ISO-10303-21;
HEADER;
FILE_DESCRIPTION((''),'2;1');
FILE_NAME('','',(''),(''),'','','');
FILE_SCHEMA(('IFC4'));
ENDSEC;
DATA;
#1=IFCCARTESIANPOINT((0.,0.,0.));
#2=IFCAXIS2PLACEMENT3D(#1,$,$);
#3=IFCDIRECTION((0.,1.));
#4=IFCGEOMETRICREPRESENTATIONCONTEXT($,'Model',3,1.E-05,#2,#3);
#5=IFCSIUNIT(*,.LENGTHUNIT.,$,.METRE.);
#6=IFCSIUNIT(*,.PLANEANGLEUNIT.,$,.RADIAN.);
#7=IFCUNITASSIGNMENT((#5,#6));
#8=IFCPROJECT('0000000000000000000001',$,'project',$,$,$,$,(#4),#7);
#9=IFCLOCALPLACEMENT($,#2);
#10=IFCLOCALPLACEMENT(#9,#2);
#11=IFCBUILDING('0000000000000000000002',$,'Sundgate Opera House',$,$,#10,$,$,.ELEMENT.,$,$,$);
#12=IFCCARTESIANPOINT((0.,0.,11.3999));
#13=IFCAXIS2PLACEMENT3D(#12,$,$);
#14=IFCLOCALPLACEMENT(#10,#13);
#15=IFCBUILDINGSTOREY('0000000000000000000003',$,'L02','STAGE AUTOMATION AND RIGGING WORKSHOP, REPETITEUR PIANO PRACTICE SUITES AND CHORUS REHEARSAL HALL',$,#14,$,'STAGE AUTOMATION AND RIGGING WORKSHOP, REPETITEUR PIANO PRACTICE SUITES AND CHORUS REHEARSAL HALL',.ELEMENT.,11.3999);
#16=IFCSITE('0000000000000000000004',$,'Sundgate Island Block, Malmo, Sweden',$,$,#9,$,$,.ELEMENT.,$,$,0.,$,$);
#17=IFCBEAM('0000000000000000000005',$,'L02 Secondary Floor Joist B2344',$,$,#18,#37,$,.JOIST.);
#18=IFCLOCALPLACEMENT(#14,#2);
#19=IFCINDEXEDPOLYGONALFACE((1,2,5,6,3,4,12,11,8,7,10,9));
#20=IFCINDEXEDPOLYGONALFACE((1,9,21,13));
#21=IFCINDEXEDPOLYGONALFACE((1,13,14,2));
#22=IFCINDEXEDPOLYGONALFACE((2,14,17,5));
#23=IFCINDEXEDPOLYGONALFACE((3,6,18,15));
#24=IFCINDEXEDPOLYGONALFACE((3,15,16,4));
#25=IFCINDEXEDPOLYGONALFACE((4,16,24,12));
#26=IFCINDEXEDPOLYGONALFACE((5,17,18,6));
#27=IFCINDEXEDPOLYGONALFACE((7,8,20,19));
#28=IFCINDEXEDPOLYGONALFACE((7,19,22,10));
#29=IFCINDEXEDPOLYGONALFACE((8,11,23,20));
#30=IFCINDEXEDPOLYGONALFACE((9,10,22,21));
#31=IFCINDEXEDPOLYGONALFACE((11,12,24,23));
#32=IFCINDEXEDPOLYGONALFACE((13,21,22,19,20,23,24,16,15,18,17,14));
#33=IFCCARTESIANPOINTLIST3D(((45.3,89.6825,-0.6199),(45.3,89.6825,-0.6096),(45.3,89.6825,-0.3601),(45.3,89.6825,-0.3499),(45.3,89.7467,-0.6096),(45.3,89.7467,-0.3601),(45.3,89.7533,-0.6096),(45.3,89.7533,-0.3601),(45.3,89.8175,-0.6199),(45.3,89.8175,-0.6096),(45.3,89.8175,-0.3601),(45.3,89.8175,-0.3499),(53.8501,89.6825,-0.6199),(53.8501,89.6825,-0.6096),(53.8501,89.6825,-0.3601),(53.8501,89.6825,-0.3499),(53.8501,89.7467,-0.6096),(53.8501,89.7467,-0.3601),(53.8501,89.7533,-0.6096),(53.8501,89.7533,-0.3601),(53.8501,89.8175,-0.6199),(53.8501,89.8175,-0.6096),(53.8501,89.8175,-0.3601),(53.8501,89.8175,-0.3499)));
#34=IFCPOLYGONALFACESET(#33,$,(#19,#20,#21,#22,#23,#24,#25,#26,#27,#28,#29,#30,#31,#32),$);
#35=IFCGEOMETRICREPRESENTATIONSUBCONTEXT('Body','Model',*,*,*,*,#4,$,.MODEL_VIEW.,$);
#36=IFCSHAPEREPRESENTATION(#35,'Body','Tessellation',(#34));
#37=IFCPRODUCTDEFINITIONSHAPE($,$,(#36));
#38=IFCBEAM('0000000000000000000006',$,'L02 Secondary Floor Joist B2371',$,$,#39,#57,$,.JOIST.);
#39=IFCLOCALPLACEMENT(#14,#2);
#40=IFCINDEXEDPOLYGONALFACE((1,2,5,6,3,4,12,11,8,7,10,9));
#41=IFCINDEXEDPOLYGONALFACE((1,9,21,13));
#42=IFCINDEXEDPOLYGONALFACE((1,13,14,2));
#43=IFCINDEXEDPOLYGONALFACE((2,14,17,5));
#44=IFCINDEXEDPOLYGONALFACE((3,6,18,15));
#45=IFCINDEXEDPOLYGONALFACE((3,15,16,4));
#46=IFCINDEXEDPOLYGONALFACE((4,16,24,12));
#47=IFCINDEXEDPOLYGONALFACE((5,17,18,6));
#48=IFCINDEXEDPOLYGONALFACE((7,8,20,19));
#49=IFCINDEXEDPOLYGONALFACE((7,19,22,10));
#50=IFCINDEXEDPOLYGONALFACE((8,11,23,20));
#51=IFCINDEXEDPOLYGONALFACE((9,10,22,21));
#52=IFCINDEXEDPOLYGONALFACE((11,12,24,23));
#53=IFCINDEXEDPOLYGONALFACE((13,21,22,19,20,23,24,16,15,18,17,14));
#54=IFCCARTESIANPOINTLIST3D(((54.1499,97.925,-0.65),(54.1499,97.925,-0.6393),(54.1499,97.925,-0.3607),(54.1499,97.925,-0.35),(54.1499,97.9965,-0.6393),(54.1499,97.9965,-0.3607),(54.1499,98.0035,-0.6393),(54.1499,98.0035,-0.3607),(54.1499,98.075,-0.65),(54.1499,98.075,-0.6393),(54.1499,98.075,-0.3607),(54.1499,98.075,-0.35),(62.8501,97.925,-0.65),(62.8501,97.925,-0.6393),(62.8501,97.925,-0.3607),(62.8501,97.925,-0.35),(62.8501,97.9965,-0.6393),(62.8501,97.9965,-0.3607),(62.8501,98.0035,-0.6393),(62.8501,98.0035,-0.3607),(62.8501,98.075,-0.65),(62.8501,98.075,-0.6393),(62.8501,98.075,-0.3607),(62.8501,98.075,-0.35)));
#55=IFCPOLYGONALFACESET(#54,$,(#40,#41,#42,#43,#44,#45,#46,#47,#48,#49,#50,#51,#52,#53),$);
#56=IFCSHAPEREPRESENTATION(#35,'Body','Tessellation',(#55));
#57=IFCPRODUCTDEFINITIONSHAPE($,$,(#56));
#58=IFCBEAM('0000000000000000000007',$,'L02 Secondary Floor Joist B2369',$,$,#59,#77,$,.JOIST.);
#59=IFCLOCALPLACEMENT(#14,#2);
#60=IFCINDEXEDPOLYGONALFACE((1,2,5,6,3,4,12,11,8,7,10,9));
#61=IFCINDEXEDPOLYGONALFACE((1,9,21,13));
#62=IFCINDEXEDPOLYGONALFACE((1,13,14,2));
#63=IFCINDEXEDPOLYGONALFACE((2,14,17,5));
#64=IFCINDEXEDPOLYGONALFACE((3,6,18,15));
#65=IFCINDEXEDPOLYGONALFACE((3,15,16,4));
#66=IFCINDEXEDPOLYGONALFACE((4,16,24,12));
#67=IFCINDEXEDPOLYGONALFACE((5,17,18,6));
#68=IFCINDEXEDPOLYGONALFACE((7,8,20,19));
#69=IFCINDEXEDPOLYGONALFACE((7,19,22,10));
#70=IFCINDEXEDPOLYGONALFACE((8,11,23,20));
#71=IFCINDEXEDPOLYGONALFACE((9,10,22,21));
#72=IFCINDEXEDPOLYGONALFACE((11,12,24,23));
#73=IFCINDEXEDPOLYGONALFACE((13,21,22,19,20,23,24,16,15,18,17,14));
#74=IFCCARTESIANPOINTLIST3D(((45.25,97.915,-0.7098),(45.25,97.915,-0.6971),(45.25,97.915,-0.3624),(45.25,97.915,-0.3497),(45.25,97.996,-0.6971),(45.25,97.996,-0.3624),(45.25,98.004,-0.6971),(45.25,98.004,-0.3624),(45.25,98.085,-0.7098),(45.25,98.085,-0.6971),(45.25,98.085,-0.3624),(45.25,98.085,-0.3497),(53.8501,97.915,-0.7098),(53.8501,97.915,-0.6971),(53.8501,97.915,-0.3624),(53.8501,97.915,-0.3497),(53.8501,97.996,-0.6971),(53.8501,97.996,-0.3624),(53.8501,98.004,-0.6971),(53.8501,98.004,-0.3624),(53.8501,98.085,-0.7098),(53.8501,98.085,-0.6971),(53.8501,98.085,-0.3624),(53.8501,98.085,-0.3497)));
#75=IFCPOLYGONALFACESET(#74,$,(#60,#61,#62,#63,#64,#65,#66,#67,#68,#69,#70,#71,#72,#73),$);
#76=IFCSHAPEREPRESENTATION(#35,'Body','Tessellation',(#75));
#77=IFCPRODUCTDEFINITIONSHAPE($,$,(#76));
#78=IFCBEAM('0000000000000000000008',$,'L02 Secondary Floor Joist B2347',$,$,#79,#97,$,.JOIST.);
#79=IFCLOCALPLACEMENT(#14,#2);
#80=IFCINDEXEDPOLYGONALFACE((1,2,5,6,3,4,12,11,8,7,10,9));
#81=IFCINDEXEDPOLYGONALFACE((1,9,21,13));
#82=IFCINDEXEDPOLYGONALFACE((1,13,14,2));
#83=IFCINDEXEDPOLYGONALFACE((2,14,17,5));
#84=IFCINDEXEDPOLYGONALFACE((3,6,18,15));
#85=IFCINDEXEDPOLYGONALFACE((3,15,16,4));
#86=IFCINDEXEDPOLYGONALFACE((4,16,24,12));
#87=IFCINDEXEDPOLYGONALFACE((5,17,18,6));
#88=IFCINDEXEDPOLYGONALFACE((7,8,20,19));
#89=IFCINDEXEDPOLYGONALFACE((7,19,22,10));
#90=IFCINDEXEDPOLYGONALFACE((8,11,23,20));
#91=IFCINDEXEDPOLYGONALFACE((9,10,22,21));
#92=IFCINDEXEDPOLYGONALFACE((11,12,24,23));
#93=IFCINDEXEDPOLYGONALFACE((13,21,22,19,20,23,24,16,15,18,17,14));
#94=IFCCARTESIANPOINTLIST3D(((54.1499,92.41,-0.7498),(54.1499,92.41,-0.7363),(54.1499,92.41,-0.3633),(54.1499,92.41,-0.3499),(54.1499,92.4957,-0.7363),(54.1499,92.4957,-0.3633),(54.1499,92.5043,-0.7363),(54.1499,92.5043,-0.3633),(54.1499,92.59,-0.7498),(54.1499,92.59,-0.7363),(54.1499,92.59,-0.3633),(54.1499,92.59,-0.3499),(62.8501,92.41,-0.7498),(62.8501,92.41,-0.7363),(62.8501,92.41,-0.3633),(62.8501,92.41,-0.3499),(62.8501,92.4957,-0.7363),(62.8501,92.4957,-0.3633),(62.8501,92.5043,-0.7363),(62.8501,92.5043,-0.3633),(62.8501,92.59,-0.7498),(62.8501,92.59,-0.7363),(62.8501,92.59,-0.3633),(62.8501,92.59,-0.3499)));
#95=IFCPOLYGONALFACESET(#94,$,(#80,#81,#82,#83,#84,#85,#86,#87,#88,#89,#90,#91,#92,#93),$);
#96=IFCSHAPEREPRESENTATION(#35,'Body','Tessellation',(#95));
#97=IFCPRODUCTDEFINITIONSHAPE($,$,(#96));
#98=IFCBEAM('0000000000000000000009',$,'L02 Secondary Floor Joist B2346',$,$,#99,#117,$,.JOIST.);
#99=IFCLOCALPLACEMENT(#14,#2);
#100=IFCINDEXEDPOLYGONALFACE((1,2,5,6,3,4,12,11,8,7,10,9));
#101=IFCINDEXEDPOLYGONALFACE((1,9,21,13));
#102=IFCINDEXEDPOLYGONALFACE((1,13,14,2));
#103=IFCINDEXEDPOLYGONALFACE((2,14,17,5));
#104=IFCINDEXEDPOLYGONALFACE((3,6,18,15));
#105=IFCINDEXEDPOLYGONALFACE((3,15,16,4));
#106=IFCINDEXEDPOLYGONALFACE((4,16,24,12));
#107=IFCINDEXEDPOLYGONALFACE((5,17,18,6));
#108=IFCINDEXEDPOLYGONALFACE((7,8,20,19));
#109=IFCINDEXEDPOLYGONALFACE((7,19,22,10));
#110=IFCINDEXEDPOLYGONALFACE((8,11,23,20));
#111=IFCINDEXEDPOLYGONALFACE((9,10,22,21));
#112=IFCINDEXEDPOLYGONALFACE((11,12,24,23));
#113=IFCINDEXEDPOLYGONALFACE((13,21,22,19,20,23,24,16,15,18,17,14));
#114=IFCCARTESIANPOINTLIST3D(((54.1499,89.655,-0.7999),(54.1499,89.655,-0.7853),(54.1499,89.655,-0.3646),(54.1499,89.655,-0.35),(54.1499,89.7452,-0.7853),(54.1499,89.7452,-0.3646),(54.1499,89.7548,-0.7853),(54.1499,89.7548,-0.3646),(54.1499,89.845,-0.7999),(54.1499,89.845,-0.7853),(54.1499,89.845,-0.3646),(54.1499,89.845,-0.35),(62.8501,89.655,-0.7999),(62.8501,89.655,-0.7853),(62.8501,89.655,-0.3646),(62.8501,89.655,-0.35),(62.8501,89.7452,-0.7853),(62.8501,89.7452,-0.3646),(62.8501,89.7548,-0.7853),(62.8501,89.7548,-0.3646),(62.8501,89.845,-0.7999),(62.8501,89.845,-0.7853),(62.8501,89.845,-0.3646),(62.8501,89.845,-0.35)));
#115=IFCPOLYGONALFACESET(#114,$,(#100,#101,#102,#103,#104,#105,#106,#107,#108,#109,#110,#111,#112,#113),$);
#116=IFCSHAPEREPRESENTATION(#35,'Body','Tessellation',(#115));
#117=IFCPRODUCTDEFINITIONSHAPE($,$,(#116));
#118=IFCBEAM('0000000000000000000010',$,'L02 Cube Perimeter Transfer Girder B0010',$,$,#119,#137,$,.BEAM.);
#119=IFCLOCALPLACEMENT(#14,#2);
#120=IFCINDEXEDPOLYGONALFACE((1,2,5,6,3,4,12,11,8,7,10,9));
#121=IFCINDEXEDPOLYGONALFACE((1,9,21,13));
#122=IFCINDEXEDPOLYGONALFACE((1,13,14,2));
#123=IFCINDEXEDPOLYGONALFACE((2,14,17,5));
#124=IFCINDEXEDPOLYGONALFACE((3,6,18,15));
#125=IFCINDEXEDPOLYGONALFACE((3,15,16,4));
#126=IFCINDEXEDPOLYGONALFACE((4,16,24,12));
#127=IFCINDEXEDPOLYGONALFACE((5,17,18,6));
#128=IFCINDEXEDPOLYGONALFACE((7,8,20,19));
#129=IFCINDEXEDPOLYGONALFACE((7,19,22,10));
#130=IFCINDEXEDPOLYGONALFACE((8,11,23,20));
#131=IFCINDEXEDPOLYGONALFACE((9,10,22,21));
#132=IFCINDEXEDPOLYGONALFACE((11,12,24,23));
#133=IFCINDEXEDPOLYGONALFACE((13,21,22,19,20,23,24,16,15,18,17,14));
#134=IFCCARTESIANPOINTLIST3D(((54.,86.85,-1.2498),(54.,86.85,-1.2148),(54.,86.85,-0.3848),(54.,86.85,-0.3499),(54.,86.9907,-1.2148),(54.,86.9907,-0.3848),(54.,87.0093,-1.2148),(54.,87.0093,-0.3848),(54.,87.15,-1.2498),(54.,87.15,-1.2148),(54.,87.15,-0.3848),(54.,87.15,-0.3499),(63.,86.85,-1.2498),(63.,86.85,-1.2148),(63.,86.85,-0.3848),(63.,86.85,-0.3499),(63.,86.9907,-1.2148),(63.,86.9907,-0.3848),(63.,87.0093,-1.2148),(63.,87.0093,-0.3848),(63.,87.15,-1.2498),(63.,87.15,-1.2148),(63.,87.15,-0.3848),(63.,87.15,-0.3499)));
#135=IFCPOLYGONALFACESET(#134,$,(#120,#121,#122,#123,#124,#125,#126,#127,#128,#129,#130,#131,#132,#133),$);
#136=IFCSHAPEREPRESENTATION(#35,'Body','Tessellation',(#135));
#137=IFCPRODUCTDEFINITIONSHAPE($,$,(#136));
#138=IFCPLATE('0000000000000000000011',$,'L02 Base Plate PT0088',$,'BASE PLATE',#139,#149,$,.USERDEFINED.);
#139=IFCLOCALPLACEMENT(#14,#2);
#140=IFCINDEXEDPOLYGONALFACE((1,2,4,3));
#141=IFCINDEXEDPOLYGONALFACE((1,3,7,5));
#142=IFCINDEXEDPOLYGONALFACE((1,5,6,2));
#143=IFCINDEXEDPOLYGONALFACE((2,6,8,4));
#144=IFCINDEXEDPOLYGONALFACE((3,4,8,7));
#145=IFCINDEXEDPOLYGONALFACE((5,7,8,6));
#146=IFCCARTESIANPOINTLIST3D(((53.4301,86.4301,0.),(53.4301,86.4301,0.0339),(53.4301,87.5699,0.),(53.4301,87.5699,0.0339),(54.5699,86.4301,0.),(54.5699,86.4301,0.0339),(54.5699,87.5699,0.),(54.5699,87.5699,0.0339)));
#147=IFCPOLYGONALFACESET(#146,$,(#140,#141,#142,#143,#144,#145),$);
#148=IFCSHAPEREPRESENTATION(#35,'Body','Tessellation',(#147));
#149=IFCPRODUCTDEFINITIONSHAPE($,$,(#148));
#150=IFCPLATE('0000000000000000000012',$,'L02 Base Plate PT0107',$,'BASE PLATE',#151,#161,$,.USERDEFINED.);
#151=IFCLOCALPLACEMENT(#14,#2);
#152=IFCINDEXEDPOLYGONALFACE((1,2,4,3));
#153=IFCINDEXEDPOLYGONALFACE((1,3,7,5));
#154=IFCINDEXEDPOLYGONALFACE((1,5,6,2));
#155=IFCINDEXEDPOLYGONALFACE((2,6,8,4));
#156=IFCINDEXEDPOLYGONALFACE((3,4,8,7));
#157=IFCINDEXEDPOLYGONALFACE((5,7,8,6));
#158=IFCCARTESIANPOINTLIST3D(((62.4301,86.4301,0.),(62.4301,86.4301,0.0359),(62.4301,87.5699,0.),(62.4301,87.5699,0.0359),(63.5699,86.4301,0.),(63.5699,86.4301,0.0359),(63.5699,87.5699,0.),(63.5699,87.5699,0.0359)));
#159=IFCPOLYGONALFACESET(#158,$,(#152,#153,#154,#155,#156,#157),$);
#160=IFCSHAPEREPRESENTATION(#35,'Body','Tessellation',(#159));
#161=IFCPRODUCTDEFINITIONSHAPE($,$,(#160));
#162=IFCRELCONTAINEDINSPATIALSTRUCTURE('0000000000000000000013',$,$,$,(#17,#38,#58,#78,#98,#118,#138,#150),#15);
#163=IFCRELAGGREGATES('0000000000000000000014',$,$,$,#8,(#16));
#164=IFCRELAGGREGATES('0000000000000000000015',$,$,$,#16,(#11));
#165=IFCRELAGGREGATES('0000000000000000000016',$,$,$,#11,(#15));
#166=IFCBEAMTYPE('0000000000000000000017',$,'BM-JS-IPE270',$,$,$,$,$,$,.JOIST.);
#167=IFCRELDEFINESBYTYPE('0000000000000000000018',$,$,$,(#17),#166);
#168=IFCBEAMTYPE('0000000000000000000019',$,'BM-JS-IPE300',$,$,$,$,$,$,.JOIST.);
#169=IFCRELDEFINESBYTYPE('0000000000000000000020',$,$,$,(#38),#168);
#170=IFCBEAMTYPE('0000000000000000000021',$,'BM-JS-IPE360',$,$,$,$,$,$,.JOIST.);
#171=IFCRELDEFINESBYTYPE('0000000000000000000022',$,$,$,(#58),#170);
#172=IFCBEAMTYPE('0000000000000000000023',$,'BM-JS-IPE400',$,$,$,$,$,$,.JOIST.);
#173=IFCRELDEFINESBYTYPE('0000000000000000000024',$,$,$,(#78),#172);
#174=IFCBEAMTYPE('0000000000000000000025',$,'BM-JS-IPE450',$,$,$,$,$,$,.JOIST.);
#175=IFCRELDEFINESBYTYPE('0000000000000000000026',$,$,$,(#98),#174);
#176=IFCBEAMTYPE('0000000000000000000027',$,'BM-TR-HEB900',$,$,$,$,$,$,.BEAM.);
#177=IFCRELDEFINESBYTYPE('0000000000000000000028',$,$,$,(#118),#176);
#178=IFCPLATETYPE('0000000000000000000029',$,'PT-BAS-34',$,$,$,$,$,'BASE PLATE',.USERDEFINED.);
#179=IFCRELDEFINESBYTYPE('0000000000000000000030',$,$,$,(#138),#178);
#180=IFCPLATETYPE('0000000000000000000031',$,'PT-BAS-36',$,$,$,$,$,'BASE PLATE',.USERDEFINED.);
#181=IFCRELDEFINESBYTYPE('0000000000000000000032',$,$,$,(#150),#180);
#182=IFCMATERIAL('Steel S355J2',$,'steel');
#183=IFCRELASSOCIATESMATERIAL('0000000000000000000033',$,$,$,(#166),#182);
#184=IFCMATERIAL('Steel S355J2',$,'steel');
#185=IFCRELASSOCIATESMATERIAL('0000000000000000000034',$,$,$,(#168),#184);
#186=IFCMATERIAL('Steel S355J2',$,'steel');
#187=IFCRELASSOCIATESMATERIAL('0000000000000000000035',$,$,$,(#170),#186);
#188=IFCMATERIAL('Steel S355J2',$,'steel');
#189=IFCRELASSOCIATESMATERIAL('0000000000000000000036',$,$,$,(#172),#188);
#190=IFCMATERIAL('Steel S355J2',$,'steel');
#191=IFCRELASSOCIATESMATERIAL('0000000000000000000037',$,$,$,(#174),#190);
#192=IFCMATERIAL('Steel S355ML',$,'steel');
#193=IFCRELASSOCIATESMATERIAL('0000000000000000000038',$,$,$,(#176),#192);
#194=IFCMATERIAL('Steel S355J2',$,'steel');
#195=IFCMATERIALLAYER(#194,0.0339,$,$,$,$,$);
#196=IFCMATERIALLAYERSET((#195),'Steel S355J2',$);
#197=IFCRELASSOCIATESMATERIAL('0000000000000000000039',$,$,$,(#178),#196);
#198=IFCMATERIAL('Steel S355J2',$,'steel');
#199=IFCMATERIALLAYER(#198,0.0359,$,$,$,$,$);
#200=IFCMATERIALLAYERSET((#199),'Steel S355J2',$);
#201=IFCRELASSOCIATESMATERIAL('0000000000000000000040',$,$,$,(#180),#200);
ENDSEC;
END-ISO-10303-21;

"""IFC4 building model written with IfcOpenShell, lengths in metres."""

from ifc_helpers import new_model, si_unit, direction, frame, origin, origin_2d, place, context, subcontext, project, spatial, rectangle, i_section, extrude, material, layer, layer_set, material_profile, profile_set, type_object, element, save


model = new_model("IFC4")

# Units and contexts
model_context = context("Model", 3, precision=1e-05, world=origin(), true_north=direction((0.0, 1.0)))
body_context = subcontext(model_context, "Body", "Model", "MODEL_VIEW")
ifc_project = project(units=[si_unit("LENGTHUNIT", "METRE"), si_unit("PLANEANGLEUNIT", "RADIAN")], contexts=[model_context])

# Site, building, storey
site_placement = place(None, origin())
site = spatial("IfcSite", under=ifc_project, at=site_placement, Name="Sundgate Island Block, Malmo, Sweden", CompositionType="ELEMENT", RefElevation=0.0)
building_placement = place(site_placement, origin())
building = spatial("IfcBuilding", under=site, at=building_placement, Name="Sundgate Opera House", CompositionType="ELEMENT")
storey_placement = place(building_placement, frame((0.0, 0.0, 11.3999)))
storey = spatial("IfcBuildingStorey", under=building, at=storey_placement, Name="L02", Description="STAGE AUTOMATION AND RIGGING WORKSHOP, REPETITEUR PIANO PRACTICE SUITES AND CHORUS REHEARSAL HALL", LongName="STAGE AUTOMATION AND RIGGING WORKSHOP, REPETITEUR PIANO PRACTICE SUITES AND CHORUS REHEARSAL HALL", CompositionType="ELEMENT", Elevation=11.3999)

# Beams
ifc_material_1 = material(Name="Steel S355J2", Category="steel")
ifc_material_profile_1 = material_profile(ifc_material_1, i_section(OverallWidth=0.135, OverallDepth=0.27, WebThickness=0.0066, FlangeThickness=0.0103, at=origin_2d()), Name="IPE 270")
ifc_profile_set_1 = profile_set([ifc_material_profile_1], Name="Steel S355J2")
beam_type_1 = type_object("IfcBeamType", Name="BM-JS-IPE270", PredefinedType="JOIST", material=ifc_profile_set_1)
beam_1_placement = place(storey_placement, frame((45.3, 89.75, -0.4849), z_axis=(1.0, 0.0, 0.0), x_axis=(0.0, 1.0, 0.0)))
element("IfcBeam", 1, at=beam_1_placement, inside=storey, type_object=beam_type_1, Name="L02 Secondary Floor Joist B2344", PredefinedType="JOIST", context=body_context, shape_type="SweptSolid", body=[
    extrude(i_section(OverallWidth=0.135, OverallDepth=0.27, WebThickness=0.0066, FlangeThickness=0.0103, at=origin_2d()), origin(), (0.0, 0.0, 1.0), 8.55),
])
ifc_material_2 = material(Name="Steel S355J2", Category="steel")
ifc_material_profile_2 = material_profile(ifc_material_2, i_section(OverallWidth=0.1499, OverallDepth=0.3, WebThickness=0.0071, FlangeThickness=0.0107, at=origin_2d()), Name="IPE 300")
ifc_profile_set_2 = profile_set([ifc_material_profile_2], Name="Steel S355J2")
beam_type_2 = type_object("IfcBeamType", Name="BM-JS-IPE300", PredefinedType="JOIST", material=ifc_profile_set_2)
beam_2_placement = place(storey_placement, frame((54.1499, 98.0, -0.5), z_axis=(1.0, 0.0, 0.0), x_axis=(0.0, 1.0, 0.0)))
element("IfcBeam", 2, at=beam_2_placement, inside=storey, type_object=beam_type_2, Name="L02 Secondary Floor Joist B2371", PredefinedType="JOIST", context=body_context, shape_type="SweptSolid", body=[
    extrude(i_section(OverallWidth=0.1499, OverallDepth=0.3, WebThickness=0.0071, FlangeThickness=0.0107, at=origin_2d()), origin(), (0.0, 0.0, 1.0), 8.7002),
])
ifc_material_3 = material(Name="Steel S355J2", Category="steel")
ifc_material_profile_3 = material_profile(ifc_material_3, i_section(OverallWidth=0.1699, OverallDepth=0.3601, WebThickness=0.0081, FlangeThickness=0.0127, at=origin_2d()), Name="IPE 360")
ifc_profile_set_3 = profile_set([ifc_material_profile_3], Name="Steel S355J2")
beam_type_3 = type_object("IfcBeamType", Name="BM-JS-IPE360", PredefinedType="JOIST", material=ifc_profile_set_3)
beam_3_placement = place(storey_placement, frame((45.25, 98.0, -0.5298), z_axis=(1.0, 0.0, 0.0), x_axis=(0.0, 1.0, 0.0)))
element("IfcBeam", 3, at=beam_3_placement, inside=storey, type_object=beam_type_3, Name="L02 Secondary Floor Joist B2369", PredefinedType="JOIST", context=body_context, shape_type="SweptSolid", body=[
    extrude(i_section(OverallWidth=0.1699, OverallDepth=0.3601, WebThickness=0.0081, FlangeThickness=0.0127, at=origin_2d()), origin(), (0.0, 0.0, 1.0), 8.6001),
])
ifc_material_4 = material(Name="Steel S355J2", Category="steel")
ifc_material_profile_4 = material_profile(ifc_material_4, i_section(OverallWidth=0.1799, OverallDepth=0.3999, WebThickness=0.0085, FlangeThickness=0.0134, at=origin_2d()), Name="IPE 400")
ifc_profile_set_4 = profile_set([ifc_material_profile_4], Name="Steel S355J2")
beam_type_4 = type_object("IfcBeamType", Name="BM-JS-IPE400", PredefinedType="JOIST", material=ifc_profile_set_4)
beam_4_placement = place(storey_placement, frame((54.1499, 92.5, -0.5498), z_axis=(1.0, 0.0, 0.0), x_axis=(0.0, 1.0, 0.0)))
element("IfcBeam", 4, at=beam_4_placement, inside=storey, type_object=beam_type_4, Name="L02 Secondary Floor Joist B2347", PredefinedType="JOIST", context=body_context, shape_type="SweptSolid", body=[
    extrude(i_section(OverallWidth=0.1799, OverallDepth=0.3999, WebThickness=0.0085, FlangeThickness=0.0134, at=origin_2d()), origin(), (0.0, 0.0, 1.0), 8.7002),
])
ifc_material_5 = material(Name="Steel S355J2", Category="steel")
ifc_material_profile_5 = material_profile(ifc_material_5, i_section(OverallWidth=0.1899, OverallDepth=0.45, WebThickness=0.0095, FlangeThickness=0.0146, at=origin_2d()), Name="IPE 450")
ifc_profile_set_5 = profile_set([ifc_material_profile_5], Name="Steel S355J2")
beam_type_5 = type_object("IfcBeamType", Name="BM-JS-IPE450", PredefinedType="JOIST", material=ifc_profile_set_5)
beam_5_placement = place(storey_placement, frame((54.1499, 89.75, -0.575), z_axis=(1.0, 0.0, 0.0), x_axis=(0.0, 1.0, 0.0)))
element("IfcBeam", 5, at=beam_5_placement, inside=storey, type_object=beam_type_5, Name="L02 Secondary Floor Joist B2346", PredefinedType="JOIST", context=body_context, shape_type="SweptSolid", body=[
    extrude(i_section(OverallWidth=0.1899, OverallDepth=0.45, WebThickness=0.0095, FlangeThickness=0.0146, at=origin_2d()), origin(), (0.0, 0.0, 1.0), 8.7002),
])
ifc_material_6 = material(Name="Steel S355ML", Category="steel")
ifc_material_profile_6 = material_profile(ifc_material_6, i_section(OverallWidth=0.3, OverallDepth=0.8999, WebThickness=0.0186, FlangeThickness=0.0349, at=origin_2d()), Name="HEB 900")
ifc_profile_set_6 = profile_set([ifc_material_profile_6], Name="Steel S355ML")
beam_type_6 = type_object("IfcBeamType", Name="BM-TR-HEB900", PredefinedType="BEAM", material=ifc_profile_set_6)
beam_6_placement = place(storey_placement, frame((54.0, 87.0, -0.7998), z_axis=(1.0, 0.0, 0.0), x_axis=(0.0, 1.0, 0.0)))
element("IfcBeam", 6, at=beam_6_placement, inside=storey, type_object=beam_type_6, Name="L02 Cube Perimeter Transfer Girder B0010", PredefinedType="BEAM", context=body_context, shape_type="SweptSolid", body=[
    extrude(i_section(OverallWidth=0.3, OverallDepth=0.8999, WebThickness=0.0186, FlangeThickness=0.0349, at=origin_2d()), origin(), (0.0, 0.0, 1.0), 9.0),
])

# Plates
ifc_material_7 = material(Name="Steel S355J2", Category="steel")
ifc_layer_1 = layer(ifc_material_7, 0.0339)
ifc_layer_set_1 = layer_set([ifc_layer_1], Name="Steel S355J2")
plate_type_1 = type_object("IfcPlateType", Name="PT-BAS-34", ElementType="BASE PLATE", PredefinedType="USERDEFINED", material=ifc_layer_set_1)
plate_1_placement = place(storey_placement, frame((54.0, 87.0, 0.0), z_axis=(0.0, 0.0, 1.0), x_axis=(1.0, 0.0, 0.0)))
element("IfcPlate", 7, at=plate_1_placement, inside=storey, type_object=plate_type_1, Name="L02 Base Plate PT0088", ObjectType="BASE PLATE", PredefinedType="USERDEFINED", context=body_context, shape_type="SweptSolid", body=[
    extrude(rectangle(XDim=1.1399, YDim=1.1399, at=origin_2d()), origin(), (0.0, 0.0, 1.0), 0.0339),
])
ifc_material_8 = material(Name="Steel S355J2", Category="steel")
ifc_layer_2 = layer(ifc_material_8, 0.0359)
ifc_layer_set_2 = layer_set([ifc_layer_2], Name="Steel S355J2")
plate_type_2 = type_object("IfcPlateType", Name="PT-BAS-36", ElementType="BASE PLATE", PredefinedType="USERDEFINED", material=ifc_layer_set_2)
plate_2_placement = place(storey_placement, frame((63.0, 87.0, 0.0), z_axis=(0.0, 0.0, 1.0), x_axis=(1.0, 0.0, 0.0)))
element("IfcPlate", 8, at=plate_2_placement, inside=storey, type_object=plate_type_2, Name="L02 Base Plate PT0107", ObjectType="BASE PLATE", PredefinedType="USERDEFINED", context=body_context, shape_type="SweptSolid", body=[
    extrude(rectangle(XDim=1.1399, YDim=1.1399, at=origin_2d()), origin(), (0.0, 0.0, 1.0), 0.0359),
])

save(model, "model.ifc")
